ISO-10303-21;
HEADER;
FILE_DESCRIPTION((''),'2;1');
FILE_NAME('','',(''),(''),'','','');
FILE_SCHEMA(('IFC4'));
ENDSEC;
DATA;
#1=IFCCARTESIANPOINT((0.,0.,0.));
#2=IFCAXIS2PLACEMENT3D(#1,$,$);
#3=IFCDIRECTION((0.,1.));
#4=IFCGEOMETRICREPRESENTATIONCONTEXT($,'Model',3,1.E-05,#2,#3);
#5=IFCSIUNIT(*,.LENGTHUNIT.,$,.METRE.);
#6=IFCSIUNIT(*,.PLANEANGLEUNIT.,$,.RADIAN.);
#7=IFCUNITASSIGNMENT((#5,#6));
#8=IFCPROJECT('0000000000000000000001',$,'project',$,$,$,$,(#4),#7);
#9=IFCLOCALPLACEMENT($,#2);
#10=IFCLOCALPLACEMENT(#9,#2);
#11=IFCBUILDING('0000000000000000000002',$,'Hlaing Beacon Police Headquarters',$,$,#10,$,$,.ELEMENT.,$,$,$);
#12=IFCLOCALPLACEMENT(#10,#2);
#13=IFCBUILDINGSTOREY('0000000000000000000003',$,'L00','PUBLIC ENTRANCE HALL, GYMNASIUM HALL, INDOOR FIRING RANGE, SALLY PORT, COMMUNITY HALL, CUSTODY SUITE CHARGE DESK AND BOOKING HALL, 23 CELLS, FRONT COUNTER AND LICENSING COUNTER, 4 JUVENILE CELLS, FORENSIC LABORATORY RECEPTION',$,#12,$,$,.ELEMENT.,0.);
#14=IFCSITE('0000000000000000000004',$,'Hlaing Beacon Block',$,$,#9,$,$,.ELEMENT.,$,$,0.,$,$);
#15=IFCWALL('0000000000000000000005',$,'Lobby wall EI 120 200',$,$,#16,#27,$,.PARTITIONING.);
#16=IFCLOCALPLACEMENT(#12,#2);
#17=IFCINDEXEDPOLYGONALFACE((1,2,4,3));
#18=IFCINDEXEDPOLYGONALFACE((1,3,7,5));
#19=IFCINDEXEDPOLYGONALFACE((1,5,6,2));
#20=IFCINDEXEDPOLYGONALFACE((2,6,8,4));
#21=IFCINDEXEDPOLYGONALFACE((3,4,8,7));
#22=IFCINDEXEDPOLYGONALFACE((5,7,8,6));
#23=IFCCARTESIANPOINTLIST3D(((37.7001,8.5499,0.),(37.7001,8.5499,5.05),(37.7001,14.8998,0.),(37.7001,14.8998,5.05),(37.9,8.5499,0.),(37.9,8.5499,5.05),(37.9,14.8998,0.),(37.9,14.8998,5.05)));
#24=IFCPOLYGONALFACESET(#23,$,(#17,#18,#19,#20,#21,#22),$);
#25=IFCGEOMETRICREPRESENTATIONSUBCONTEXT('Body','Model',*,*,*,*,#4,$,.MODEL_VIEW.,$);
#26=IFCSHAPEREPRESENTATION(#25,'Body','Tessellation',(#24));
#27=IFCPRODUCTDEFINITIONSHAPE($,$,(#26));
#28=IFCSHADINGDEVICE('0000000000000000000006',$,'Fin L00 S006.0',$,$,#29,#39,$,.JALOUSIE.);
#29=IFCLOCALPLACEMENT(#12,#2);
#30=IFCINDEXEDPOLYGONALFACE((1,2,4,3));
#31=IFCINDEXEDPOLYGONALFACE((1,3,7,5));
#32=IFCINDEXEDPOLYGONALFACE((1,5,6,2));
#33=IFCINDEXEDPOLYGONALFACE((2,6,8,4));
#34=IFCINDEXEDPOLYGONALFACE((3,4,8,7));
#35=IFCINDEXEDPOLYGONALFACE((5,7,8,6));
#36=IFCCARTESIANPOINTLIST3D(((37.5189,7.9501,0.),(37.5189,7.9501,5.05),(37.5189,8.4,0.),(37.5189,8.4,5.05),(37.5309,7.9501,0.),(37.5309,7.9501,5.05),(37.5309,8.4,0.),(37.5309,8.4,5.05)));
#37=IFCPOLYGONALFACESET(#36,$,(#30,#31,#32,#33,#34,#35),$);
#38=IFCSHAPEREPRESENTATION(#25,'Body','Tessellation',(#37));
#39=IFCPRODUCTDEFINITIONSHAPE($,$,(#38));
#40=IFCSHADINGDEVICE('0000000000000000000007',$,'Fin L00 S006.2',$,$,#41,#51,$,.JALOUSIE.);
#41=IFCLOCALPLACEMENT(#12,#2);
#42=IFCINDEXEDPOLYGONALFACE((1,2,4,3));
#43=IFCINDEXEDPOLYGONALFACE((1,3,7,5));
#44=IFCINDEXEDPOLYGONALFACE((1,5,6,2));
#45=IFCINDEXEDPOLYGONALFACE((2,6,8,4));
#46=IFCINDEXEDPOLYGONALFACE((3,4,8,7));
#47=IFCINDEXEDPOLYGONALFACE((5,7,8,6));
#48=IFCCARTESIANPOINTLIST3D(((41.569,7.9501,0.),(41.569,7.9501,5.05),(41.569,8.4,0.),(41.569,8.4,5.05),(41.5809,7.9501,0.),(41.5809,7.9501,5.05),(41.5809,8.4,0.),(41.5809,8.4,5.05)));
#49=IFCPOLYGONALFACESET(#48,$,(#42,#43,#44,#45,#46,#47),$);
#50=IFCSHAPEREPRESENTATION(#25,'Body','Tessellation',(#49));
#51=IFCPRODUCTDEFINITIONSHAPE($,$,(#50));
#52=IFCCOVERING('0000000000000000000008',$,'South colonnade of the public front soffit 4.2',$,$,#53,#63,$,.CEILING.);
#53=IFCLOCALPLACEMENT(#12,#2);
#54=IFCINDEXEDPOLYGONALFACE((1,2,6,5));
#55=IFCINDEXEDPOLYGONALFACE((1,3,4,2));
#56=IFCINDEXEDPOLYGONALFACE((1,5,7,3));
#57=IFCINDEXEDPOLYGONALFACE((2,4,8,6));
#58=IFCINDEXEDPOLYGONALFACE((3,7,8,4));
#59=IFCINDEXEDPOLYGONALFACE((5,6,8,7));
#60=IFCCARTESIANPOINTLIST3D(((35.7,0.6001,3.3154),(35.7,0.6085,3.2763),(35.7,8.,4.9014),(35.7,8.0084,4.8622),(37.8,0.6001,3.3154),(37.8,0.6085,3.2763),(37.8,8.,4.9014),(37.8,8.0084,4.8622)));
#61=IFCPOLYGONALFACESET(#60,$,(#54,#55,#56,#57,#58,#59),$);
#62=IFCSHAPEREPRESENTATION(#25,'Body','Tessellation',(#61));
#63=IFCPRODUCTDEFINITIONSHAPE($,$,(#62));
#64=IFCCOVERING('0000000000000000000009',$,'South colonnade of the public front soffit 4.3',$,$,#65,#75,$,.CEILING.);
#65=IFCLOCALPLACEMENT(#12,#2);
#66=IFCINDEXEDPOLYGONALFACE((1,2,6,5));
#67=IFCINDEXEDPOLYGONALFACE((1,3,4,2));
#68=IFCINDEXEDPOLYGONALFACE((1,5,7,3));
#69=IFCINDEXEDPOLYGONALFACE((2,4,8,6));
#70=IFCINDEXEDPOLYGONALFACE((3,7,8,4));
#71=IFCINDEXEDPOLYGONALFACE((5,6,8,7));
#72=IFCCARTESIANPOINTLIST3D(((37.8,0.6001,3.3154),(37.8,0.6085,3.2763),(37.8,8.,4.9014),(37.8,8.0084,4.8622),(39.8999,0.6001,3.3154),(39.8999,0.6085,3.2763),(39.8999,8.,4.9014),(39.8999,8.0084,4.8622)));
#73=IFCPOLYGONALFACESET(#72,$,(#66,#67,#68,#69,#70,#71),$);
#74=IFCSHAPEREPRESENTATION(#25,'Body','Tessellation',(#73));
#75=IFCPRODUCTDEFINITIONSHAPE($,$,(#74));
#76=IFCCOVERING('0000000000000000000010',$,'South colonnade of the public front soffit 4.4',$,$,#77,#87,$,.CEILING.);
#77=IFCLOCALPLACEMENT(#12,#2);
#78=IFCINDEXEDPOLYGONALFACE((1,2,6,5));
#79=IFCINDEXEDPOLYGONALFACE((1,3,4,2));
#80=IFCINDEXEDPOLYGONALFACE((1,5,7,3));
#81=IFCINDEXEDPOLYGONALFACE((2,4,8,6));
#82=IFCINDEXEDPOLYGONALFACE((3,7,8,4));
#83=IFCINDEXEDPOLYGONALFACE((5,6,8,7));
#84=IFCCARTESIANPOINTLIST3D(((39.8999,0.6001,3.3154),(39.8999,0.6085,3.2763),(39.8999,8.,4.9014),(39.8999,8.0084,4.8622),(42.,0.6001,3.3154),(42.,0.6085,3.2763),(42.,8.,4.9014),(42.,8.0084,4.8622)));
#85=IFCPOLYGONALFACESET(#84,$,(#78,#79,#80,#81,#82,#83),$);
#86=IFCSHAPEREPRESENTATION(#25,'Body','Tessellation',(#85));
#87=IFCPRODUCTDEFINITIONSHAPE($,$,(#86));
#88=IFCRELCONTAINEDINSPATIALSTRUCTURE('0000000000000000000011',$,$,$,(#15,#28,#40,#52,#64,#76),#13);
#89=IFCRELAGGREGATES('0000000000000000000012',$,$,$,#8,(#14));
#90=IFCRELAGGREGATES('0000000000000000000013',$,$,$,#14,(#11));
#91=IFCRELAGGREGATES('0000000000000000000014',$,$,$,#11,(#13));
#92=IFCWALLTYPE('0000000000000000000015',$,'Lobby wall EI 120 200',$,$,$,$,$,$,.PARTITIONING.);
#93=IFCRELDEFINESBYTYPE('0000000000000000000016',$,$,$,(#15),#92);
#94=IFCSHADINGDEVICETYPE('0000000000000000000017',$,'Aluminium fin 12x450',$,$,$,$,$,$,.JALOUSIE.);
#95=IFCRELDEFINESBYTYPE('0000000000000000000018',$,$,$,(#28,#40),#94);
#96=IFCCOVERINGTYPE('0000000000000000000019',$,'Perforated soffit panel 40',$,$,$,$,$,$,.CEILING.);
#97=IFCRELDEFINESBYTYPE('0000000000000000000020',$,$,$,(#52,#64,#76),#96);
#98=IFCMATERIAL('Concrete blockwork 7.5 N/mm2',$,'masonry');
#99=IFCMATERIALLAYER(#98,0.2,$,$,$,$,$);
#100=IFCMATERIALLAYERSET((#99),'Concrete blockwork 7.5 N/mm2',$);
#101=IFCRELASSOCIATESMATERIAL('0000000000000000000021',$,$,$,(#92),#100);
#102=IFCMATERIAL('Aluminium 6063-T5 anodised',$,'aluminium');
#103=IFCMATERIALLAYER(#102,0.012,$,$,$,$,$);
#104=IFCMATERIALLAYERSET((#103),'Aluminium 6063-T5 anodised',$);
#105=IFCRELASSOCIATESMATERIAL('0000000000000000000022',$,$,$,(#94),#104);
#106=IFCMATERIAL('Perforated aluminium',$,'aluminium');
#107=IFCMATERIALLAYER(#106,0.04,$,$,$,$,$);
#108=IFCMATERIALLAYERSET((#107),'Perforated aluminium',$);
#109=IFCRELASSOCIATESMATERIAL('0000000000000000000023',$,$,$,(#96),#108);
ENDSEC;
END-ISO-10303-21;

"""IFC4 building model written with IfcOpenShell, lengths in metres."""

from ifc_helpers import new_model, si_unit, direction, frame, frame_2d, origin, origin_2d, place, context, subcontext, project, spatial, polyline, rectangle, outline, extrude, material, layer, layer_set, type_object, element, save


model = new_model("IFC4")

# Units and contexts
model_context = context("Model", 3, precision=1e-05, world=origin(), true_north=direction((0.0, 1.0)))
body_context = subcontext(model_context, "Body", "Model", "MODEL_VIEW")
ifc_project = project(units=[si_unit("LENGTHUNIT", "METRE"), si_unit("PLANEANGLEUNIT", "RADIAN")], contexts=[model_context])

# Site, building, storey
site_placement = place(None, origin())
site = spatial("IfcSite", under=ifc_project, at=site_placement, Name="Hlaing Beacon Block", CompositionType="ELEMENT", RefElevation=0.0)
building_placement = place(site_placement, origin())
building = spatial("IfcBuilding", under=site, at=building_placement, Name="Hlaing Beacon Police Headquarters", CompositionType="ELEMENT")
storey_placement = place(building_placement, origin())
storey = spatial("IfcBuildingStorey", under=building, at=storey_placement, Name="L00", Description="PUBLIC ENTRANCE HALL, GYMNASIUM HALL, INDOOR FIRING RANGE, SALLY PORT, COMMUNITY HALL, CUSTODY SUITE CHARGE DESK AND BOOKING HALL, 23 CELLS, FRONT COUNTER AND LICENSING COUNTER, 4 JUVENILE CELLS, FORENSIC LABORATORY RECEPTION", CompositionType="ELEMENT", Elevation=0.0)

# Wall
ifc_material_1 = material(Name="Concrete blockwork 7.5 N/mm2", Category="masonry")
ifc_layer_1 = layer(ifc_material_1, 0.2)
ifc_layer_set_1 = layer_set([ifc_layer_1], Name="Concrete blockwork 7.5 N/mm2")
wall_type = type_object("IfcWallType", Name="Lobby wall EI 120 200", PredefinedType="PARTITIONING", material=ifc_layer_set_1)
wall_placement = place(storey_placement, frame((37.8, 8.55, 0.0), z_axis=(0.0, 0.0, 1.0), x_axis=(0.0, 1.0, 0.0)))
element("IfcWall", 1, at=wall_placement, inside=storey, type_object=wall_type, Name="Lobby wall EI 120 200", PredefinedType="PARTITIONING", context=body_context, shape_type="SweptSolid", body=[
    extrude(rectangle(XDim=6.3499, YDim=0.2, at=frame_2d((3.1748, 0.0))), origin(), (0.0, 0.0, 1.0), 5.05),
])

# Shading devices
ifc_material_2 = material(Name="Aluminium 6063-T5 anodised", Category="aluminium")
ifc_layer_2 = layer(ifc_material_2, 0.012)
ifc_layer_set_2 = layer_set([ifc_layer_2], Name="Aluminium 6063-T5 anodised")
shading_device_type = type_object("IfcShadingDeviceType", Name="Aluminium fin 12x450", PredefinedType="JALOUSIE", material=ifc_layer_set_2)
for number, where, z_axis, x_axis, name in (
    (2, (37.5249, 8.175, 0.0), (0.0, 0.0, 1.0), (1.0, 0.0, 0.0), "Fin L00 S006.0"),
    (3, (41.575, 8.175, 0.0), (0.0, 0.0, 1.0), (1.0, 0.0, 0.0), "Fin L00 S006.2"),
):
    element("IfcShadingDevice", number, at=place(storey_placement, frame(where, z_axis=z_axis, x_axis=x_axis)), inside=storey, type_object=shading_device_type, Name=name, PredefinedType="JALOUSIE", context=body_context, shape_type="SweptSolid", body=[
        extrude(rectangle(XDim=0.012, YDim=0.45, at=origin_2d()), origin(), (0.0, 0.0, 1.0), 5.05),
    ])

# Coverings
ifc_material_3 = material(Name="Perforated aluminium", Category="aluminium")
ifc_layer_3 = layer(ifc_material_3, 0.04)
ifc_layer_set_3 = layer_set([ifc_layer_3], Name="Perforated aluminium")
covering_type = type_object("IfcCoveringType", Name="Perforated soffit panel 40", PredefinedType="CEILING", material=ifc_layer_set_3)
covering_1_placement = place(storey_placement, frame((35.7, 0.6001, 3.3154), z_axis=(0.0, -0.20956, 0.977796), x_axis=(1.0, 0.0, 0.0)))
element("IfcCovering", 4, at=covering_1_placement, inside=storey, type_object=covering_type, Name="South colonnade of the public front soffit 4.2", PredefinedType="CEILING", context=body_context, shape_type="SweptSolid", body=[
    extrude(outline(polyline([(0.0, 0.0), (2.1001, 0.0), (2.1001, 7.5679), (0.0, 7.5679), (0.0, 0.0)])), origin(), (0.0, 0.0, -1.0), 0.04),
])
covering_2_placement = place(storey_placement, frame((37.8, 0.6001, 3.3154), z_axis=(0.0, -0.20956, 0.977796), x_axis=(1.0, 0.0, 0.0)))
element("IfcCovering", 5, at=covering_2_placement, inside=storey, type_object=covering_type, Name="South colonnade of the public front soffit 4.3", PredefinedType="CEILING", context=body_context, shape_type="SweptSolid", body=[
    extrude(outline(polyline([(0.0, 0.0), (2.0999, 0.0), (2.0999, 7.5679), (0.0, 7.5679), (0.0, 0.0)])), origin(), (0.0, 0.0, -1.0), 0.04),
])
covering_3_placement = place(storey_placement, frame((39.8999, 0.6001, 3.3154), z_axis=(0.0, -0.20956, 0.977796), x_axis=(1.0, 0.0, 0.0)))
element("IfcCovering", 6, at=covering_3_placement, inside=storey, type_object=covering_type, Name="South colonnade of the public front soffit 4.4", PredefinedType="CEILING", context=body_context, shape_type="SweptSolid", body=[
    extrude(outline(polyline([(0.0, 0.0), (2.1001, 0.0), (2.1001, 7.5679), (0.0, 7.5679), (0.0, 0.0)])), origin(), (0.0, 0.0, -1.0), 0.04),
])

save(model, "model.ifc")
